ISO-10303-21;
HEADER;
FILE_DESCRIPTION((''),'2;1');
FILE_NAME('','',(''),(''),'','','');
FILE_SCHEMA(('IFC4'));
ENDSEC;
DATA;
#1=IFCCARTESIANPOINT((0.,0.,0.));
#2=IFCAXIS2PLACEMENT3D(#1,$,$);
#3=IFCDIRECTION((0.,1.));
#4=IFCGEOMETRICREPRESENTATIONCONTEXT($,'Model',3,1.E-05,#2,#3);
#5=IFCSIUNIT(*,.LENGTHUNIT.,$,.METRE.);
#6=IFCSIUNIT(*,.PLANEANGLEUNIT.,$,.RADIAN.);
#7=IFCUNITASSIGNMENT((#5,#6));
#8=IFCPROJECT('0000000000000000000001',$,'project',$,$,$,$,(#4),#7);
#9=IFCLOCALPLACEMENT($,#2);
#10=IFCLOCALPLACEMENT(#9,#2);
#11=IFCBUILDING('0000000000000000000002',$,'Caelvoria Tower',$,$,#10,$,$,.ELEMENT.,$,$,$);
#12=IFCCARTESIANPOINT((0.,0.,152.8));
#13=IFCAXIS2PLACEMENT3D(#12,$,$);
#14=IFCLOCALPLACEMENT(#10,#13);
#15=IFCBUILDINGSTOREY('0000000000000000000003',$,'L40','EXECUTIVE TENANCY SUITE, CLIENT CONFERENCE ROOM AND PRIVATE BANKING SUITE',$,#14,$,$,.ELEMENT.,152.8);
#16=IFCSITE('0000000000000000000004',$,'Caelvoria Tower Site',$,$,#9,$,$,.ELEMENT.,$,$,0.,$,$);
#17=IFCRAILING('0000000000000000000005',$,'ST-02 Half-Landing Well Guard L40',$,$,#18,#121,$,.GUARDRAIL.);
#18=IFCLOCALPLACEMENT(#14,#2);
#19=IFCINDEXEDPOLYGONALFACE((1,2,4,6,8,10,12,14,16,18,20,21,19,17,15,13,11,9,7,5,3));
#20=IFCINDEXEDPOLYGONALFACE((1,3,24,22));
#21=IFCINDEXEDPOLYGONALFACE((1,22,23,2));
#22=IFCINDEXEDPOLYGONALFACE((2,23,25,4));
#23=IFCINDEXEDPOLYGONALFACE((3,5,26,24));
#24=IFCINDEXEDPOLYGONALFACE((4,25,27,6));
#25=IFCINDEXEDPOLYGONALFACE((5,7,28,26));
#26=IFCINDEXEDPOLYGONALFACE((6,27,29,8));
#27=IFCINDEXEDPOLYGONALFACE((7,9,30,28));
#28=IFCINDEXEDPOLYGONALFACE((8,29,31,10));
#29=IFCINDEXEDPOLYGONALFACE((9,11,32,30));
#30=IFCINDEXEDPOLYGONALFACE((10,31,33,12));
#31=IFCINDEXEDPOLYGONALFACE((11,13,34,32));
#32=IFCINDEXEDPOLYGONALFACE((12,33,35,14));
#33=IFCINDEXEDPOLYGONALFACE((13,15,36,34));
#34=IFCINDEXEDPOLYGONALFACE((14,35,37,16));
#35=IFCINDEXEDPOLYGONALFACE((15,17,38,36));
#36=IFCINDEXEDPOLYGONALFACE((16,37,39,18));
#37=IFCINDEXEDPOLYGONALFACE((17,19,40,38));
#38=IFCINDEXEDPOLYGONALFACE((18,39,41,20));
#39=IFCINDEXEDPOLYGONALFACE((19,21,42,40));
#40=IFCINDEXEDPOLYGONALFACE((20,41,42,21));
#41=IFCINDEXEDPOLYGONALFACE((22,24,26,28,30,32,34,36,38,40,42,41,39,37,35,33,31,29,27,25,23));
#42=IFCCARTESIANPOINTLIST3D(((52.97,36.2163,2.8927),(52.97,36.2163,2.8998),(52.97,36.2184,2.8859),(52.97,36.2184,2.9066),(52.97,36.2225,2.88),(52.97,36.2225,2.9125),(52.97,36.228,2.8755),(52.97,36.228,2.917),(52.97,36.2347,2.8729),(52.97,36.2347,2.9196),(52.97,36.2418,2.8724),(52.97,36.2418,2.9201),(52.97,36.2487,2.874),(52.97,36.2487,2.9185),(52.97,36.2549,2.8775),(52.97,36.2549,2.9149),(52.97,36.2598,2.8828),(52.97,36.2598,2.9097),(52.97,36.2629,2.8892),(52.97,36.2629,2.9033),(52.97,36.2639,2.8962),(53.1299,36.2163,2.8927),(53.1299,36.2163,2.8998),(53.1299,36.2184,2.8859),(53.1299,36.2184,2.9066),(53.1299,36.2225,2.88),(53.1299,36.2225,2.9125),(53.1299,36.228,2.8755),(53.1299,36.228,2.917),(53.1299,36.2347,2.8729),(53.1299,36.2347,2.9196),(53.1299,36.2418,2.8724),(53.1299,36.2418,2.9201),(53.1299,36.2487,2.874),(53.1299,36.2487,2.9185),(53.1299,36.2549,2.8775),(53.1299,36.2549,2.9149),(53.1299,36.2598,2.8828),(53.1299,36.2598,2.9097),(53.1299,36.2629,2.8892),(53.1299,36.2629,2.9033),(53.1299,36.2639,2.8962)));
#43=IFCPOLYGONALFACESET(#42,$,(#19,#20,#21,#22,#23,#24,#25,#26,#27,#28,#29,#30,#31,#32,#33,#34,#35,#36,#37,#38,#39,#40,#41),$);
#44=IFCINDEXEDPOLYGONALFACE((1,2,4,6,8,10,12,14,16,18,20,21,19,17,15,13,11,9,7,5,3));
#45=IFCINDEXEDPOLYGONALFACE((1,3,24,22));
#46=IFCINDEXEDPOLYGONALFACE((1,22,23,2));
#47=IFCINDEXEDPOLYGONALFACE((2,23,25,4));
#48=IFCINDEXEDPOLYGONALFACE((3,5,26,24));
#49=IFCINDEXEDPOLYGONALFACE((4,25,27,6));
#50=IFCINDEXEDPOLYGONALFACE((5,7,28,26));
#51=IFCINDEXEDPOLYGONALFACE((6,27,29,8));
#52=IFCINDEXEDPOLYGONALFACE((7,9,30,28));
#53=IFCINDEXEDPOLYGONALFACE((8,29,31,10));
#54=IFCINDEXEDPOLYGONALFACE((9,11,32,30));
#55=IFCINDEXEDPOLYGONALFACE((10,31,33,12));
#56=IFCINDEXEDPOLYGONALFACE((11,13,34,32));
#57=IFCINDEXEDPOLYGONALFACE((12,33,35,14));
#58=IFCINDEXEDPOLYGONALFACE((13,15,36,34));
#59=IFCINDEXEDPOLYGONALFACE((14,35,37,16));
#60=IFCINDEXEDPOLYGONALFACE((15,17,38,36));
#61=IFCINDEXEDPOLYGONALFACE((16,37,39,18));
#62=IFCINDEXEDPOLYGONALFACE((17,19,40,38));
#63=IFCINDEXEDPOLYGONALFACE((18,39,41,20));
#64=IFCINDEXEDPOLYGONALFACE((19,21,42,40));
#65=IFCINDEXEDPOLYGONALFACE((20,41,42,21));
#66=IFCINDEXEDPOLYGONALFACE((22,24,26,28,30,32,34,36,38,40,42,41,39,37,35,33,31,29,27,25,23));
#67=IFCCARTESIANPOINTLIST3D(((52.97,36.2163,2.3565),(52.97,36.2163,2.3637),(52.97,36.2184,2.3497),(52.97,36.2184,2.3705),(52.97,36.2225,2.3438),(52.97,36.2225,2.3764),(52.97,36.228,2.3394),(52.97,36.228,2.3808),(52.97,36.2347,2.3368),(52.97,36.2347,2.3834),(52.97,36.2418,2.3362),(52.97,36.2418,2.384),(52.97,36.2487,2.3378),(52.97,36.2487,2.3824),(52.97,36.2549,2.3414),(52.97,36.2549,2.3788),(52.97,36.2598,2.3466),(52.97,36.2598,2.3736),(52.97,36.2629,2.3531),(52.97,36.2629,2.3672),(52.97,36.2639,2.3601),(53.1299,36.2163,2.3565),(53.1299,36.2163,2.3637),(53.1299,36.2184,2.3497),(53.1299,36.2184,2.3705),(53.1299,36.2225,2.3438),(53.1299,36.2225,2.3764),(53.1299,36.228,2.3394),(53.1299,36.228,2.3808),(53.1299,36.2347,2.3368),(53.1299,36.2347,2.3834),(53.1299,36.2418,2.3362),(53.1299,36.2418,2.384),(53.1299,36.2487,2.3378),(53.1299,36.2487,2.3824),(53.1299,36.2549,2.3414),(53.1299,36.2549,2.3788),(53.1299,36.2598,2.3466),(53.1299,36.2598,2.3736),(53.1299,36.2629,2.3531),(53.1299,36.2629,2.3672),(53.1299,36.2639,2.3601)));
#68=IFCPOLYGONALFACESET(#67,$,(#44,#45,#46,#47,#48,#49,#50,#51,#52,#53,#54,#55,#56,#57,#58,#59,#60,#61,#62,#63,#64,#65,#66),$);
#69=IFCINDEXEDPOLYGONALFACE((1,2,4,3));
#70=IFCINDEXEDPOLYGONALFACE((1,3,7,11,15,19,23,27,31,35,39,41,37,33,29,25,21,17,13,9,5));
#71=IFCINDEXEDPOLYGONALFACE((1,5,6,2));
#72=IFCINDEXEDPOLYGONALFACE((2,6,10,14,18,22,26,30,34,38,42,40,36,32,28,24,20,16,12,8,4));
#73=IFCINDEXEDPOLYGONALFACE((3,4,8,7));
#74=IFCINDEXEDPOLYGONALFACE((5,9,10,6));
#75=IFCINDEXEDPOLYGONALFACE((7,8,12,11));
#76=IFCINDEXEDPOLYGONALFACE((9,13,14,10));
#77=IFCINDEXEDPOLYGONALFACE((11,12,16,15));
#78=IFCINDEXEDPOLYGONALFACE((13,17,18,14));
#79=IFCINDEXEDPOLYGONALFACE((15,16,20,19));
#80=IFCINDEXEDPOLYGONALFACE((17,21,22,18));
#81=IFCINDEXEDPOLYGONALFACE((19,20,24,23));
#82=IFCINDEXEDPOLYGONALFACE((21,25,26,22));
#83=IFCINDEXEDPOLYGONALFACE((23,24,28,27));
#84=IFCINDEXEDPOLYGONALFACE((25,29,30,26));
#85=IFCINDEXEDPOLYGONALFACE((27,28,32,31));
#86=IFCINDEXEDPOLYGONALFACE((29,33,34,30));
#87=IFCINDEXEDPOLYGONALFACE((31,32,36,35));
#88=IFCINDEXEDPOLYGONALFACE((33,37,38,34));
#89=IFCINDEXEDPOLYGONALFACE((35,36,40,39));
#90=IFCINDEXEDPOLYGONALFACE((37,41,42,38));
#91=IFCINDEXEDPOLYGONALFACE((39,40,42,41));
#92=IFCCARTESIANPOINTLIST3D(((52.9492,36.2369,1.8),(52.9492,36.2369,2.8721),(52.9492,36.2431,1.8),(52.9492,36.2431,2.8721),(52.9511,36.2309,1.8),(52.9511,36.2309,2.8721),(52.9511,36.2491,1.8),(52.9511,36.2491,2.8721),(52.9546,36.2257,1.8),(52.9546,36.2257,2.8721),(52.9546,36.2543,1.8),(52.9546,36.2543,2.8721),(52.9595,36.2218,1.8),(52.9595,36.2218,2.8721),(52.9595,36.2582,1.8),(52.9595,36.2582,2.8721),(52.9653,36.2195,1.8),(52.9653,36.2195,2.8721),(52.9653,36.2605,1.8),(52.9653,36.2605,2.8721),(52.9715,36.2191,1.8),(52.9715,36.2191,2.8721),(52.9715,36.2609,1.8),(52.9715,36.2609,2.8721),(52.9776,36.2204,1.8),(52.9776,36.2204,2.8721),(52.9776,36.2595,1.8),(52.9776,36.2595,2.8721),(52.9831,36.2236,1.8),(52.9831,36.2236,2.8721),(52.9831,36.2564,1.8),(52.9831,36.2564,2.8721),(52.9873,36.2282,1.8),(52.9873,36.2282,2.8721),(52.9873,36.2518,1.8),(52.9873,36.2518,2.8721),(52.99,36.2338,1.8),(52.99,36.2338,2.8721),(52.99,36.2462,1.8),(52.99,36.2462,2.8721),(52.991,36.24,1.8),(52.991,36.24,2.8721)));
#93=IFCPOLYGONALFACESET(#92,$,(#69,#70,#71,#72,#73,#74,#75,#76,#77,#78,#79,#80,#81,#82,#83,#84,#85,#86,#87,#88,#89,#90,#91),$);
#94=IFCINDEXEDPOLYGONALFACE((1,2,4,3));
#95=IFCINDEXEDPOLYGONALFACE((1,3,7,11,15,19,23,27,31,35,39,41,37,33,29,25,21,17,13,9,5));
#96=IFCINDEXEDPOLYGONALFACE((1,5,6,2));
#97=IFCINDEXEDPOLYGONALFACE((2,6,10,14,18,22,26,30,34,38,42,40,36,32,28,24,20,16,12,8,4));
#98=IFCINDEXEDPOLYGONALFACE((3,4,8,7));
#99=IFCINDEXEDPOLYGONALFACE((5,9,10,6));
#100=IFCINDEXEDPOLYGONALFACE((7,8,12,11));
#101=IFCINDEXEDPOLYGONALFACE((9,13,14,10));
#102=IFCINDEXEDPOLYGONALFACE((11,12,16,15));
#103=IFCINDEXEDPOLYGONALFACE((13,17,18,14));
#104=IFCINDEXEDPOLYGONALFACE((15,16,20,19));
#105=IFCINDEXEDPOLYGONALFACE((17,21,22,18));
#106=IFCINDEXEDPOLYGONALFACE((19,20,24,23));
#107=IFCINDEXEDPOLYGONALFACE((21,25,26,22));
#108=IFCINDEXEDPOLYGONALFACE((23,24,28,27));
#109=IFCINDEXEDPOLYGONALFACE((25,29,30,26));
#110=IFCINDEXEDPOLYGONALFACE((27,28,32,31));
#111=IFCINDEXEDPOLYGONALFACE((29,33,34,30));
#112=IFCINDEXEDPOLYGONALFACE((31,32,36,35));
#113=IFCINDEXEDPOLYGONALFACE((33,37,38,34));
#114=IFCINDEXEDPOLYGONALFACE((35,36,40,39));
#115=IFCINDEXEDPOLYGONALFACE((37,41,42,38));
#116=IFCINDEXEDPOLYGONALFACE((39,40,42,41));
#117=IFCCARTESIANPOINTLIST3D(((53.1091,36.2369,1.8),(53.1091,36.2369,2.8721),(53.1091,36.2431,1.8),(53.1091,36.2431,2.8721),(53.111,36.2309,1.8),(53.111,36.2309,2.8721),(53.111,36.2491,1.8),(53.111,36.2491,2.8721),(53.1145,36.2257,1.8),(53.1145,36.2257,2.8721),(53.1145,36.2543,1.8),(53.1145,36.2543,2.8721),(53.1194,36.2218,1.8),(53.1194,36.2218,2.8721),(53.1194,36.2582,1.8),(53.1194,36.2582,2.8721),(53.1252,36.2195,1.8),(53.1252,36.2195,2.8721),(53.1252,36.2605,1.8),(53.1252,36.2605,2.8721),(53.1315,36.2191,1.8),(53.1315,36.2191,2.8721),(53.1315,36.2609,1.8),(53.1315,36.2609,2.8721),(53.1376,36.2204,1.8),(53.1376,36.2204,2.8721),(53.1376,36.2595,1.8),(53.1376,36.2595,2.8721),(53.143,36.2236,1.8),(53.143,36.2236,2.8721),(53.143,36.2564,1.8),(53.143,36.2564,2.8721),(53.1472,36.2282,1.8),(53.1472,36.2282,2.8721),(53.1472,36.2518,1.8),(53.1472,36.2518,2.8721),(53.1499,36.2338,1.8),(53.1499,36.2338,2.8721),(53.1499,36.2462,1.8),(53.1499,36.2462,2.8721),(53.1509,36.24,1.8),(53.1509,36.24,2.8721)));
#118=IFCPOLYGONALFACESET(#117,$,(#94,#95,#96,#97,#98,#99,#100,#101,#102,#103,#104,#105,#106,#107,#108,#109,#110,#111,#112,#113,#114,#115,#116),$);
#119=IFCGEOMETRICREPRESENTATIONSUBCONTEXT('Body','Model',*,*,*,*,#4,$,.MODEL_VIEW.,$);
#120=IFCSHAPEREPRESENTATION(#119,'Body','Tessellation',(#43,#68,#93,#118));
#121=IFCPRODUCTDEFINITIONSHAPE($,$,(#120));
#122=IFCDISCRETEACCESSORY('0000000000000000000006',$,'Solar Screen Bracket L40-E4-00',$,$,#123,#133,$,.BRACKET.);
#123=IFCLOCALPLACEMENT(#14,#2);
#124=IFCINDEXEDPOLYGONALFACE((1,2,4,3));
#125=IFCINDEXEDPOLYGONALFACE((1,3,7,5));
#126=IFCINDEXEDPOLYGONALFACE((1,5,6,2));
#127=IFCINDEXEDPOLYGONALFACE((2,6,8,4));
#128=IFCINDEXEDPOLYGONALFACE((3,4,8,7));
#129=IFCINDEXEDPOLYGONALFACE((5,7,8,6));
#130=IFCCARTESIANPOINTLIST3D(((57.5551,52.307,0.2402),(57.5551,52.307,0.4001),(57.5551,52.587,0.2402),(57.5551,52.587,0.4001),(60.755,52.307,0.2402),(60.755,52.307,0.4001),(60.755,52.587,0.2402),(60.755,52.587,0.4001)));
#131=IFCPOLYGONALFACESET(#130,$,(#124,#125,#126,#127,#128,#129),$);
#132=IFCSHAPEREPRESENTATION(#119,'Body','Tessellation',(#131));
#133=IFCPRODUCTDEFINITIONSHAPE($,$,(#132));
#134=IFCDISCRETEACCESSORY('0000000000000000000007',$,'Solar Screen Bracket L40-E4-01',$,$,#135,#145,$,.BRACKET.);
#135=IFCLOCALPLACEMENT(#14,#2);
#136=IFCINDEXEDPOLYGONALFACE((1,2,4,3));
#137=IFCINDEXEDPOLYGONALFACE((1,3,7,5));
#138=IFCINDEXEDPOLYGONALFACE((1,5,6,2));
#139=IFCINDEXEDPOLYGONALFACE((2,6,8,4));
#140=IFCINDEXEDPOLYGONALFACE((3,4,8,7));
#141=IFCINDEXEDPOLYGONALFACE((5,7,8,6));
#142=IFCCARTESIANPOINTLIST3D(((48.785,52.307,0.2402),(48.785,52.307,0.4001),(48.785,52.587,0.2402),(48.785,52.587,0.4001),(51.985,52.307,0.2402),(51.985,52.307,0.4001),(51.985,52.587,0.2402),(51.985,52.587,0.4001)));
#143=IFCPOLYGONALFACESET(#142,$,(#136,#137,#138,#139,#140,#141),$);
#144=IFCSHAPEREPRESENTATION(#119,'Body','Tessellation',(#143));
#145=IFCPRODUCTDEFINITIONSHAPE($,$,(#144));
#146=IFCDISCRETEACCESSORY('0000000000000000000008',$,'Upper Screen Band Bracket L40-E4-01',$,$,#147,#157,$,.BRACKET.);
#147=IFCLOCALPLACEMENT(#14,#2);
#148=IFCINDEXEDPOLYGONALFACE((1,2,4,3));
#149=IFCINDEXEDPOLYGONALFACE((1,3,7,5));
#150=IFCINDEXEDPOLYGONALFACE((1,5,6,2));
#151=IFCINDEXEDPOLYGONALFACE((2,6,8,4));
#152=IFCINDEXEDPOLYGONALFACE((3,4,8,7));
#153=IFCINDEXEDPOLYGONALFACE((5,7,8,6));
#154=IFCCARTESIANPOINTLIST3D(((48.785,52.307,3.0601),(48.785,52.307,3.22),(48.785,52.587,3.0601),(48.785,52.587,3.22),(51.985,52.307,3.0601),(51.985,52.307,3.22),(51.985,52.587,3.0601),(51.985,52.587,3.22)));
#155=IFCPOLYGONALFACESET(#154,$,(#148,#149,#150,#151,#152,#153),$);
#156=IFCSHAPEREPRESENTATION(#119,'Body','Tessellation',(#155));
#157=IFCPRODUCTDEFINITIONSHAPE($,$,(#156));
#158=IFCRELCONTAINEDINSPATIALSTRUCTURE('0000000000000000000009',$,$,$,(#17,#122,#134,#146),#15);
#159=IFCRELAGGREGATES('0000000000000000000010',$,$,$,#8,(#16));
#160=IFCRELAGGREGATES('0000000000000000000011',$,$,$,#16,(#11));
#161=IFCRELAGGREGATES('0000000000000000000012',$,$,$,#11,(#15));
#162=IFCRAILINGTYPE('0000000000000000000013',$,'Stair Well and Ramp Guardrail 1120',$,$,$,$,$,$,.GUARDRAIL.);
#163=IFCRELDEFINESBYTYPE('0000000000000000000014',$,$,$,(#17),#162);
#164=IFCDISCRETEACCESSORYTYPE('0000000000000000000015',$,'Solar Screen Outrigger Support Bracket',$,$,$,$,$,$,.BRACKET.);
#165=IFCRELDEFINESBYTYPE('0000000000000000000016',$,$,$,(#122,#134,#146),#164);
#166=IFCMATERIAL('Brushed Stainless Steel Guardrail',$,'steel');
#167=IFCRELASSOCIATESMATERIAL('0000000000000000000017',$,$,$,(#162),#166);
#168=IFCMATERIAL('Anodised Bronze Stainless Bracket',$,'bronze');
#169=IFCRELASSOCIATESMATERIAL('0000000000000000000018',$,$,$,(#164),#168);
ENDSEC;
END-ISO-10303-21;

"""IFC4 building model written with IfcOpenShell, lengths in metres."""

from ifc_helpers import new_model, si_unit, direction, frame, origin, origin_2d, place, context, subcontext, project, spatial, rectangle, circle, extrude, material, type_object, element, save


model = new_model("IFC4")

# Units and contexts
model_context = context("Model", 3, precision=1e-05, world=origin(), true_north=direction((0.0, 1.0)))
body_context = subcontext(model_context, "Body", "Model", "MODEL_VIEW")
ifc_project = project(units=[si_unit("LENGTHUNIT", "METRE"), si_unit("PLANEANGLEUNIT", "RADIAN")], contexts=[model_context])

# Site, building, storey
site_placement = place(None, origin())
site = spatial("IfcSite", under=ifc_project, at=site_placement, Name="Caelvoria Tower Site", CompositionType="ELEMENT", RefElevation=0.0)
building_placement = place(site_placement, origin())
building = spatial("IfcBuilding", under=site, at=building_placement, Name="Caelvoria Tower", CompositionType="ELEMENT")
storey_placement = place(building_placement, frame((0.0, 0.0, 152.8)))
storey = spatial("IfcBuildingStorey", under=building, at=storey_placement, Name="L40", Description="EXECUTIVE TENANCY SUITE, CLIENT CONFERENCE ROOM AND PRIVATE BANKING SUITE", CompositionType="ELEMENT", Elevation=152.8)

# Railing
ifc_material_1 = material(Name="Brushed Stainless Steel Guardrail", Category="steel")
railing_type_1 = type_object("IfcRailingType", Name="Stair Well and Ramp Guardrail 1120", PredefinedType="GUARDRAIL", material=ifc_material_1)
railing_1_placement = place(storey_placement, frame((52.97, 36.24, 1.8)))
element("IfcRailing", 1, at=railing_1_placement, inside=storey, type_object=railing_type_1, Name="ST-02 Half-Landing Well Guard L40", PredefinedType="GUARDRAIL", context=body_context, shape_type="SweptSolid", body=[
    extrude(circle(Radius=0.0239, at=origin_2d()), frame((0.0, 0.0, 1.0962), z_axis=(1.0, 0.0, 0.0), x_axis=(0.0, 1.0, 0.0)), (0.0, 0.0, 1.0), 0.1599),
    extrude(circle(Radius=0.0239, at=origin_2d()), frame((0.0, 0.0, 0.5601), z_axis=(1.0, 0.0, 0.0), x_axis=(0.0, 1.0, 0.0)), (0.0, 0.0, 1.0), 0.1599),
    extrude(circle(Radius=0.021, at=origin_2d()), origin(), (0.0, 0.0, 1.0), 1.072),
    extrude(circle(Radius=0.021, at=origin_2d()), frame((0.1599, 0.0, 0.0)), (0.0, 0.0, 1.0), 1.072),
])

# Discrete accessories
ifc_material_2 = material(Name="Anodised Bronze Stainless Bracket", Category="bronze")
discrete_accessory_type = type_object("IfcDiscreteAccessoryType", Name="Solar Screen Outrigger Support Bracket", PredefinedType="BRACKET", material=ifc_material_2)
for number, where, z_axis, x_axis, name in (
    (2, (59.155, 52.447, 0.2402), (0.0, 0.0, 1.0), (-1.0, 0.0, 0.0), "Solar Screen Bracket L40-E4-00"),
    (3, (50.385, 52.447, 0.2402), (0.0, 0.0, 1.0), (-1.0, 0.0, 0.0), "Solar Screen Bracket L40-E4-01"),
    (4, (50.385, 52.447, 3.0601), (0.0, 0.0, 1.0), (-1.0, 0.0, 0.0), "Upper Screen Band Bracket L40-E4-01"),
):
    element("IfcDiscreteAccessory", number, at=place(storey_placement, frame(where, z_axis=z_axis, x_axis=x_axis)), inside=storey, type_object=discrete_accessory_type, Name=name, PredefinedType="BRACKET", context=body_context, shape_type="SweptSolid", body=[
        extrude(rectangle(XDim=3.2, YDim=0.28, at=origin_2d()), origin(), (0.0, 0.0, 1.0), 0.1599),
    ])

save(model, "model.ifc")
